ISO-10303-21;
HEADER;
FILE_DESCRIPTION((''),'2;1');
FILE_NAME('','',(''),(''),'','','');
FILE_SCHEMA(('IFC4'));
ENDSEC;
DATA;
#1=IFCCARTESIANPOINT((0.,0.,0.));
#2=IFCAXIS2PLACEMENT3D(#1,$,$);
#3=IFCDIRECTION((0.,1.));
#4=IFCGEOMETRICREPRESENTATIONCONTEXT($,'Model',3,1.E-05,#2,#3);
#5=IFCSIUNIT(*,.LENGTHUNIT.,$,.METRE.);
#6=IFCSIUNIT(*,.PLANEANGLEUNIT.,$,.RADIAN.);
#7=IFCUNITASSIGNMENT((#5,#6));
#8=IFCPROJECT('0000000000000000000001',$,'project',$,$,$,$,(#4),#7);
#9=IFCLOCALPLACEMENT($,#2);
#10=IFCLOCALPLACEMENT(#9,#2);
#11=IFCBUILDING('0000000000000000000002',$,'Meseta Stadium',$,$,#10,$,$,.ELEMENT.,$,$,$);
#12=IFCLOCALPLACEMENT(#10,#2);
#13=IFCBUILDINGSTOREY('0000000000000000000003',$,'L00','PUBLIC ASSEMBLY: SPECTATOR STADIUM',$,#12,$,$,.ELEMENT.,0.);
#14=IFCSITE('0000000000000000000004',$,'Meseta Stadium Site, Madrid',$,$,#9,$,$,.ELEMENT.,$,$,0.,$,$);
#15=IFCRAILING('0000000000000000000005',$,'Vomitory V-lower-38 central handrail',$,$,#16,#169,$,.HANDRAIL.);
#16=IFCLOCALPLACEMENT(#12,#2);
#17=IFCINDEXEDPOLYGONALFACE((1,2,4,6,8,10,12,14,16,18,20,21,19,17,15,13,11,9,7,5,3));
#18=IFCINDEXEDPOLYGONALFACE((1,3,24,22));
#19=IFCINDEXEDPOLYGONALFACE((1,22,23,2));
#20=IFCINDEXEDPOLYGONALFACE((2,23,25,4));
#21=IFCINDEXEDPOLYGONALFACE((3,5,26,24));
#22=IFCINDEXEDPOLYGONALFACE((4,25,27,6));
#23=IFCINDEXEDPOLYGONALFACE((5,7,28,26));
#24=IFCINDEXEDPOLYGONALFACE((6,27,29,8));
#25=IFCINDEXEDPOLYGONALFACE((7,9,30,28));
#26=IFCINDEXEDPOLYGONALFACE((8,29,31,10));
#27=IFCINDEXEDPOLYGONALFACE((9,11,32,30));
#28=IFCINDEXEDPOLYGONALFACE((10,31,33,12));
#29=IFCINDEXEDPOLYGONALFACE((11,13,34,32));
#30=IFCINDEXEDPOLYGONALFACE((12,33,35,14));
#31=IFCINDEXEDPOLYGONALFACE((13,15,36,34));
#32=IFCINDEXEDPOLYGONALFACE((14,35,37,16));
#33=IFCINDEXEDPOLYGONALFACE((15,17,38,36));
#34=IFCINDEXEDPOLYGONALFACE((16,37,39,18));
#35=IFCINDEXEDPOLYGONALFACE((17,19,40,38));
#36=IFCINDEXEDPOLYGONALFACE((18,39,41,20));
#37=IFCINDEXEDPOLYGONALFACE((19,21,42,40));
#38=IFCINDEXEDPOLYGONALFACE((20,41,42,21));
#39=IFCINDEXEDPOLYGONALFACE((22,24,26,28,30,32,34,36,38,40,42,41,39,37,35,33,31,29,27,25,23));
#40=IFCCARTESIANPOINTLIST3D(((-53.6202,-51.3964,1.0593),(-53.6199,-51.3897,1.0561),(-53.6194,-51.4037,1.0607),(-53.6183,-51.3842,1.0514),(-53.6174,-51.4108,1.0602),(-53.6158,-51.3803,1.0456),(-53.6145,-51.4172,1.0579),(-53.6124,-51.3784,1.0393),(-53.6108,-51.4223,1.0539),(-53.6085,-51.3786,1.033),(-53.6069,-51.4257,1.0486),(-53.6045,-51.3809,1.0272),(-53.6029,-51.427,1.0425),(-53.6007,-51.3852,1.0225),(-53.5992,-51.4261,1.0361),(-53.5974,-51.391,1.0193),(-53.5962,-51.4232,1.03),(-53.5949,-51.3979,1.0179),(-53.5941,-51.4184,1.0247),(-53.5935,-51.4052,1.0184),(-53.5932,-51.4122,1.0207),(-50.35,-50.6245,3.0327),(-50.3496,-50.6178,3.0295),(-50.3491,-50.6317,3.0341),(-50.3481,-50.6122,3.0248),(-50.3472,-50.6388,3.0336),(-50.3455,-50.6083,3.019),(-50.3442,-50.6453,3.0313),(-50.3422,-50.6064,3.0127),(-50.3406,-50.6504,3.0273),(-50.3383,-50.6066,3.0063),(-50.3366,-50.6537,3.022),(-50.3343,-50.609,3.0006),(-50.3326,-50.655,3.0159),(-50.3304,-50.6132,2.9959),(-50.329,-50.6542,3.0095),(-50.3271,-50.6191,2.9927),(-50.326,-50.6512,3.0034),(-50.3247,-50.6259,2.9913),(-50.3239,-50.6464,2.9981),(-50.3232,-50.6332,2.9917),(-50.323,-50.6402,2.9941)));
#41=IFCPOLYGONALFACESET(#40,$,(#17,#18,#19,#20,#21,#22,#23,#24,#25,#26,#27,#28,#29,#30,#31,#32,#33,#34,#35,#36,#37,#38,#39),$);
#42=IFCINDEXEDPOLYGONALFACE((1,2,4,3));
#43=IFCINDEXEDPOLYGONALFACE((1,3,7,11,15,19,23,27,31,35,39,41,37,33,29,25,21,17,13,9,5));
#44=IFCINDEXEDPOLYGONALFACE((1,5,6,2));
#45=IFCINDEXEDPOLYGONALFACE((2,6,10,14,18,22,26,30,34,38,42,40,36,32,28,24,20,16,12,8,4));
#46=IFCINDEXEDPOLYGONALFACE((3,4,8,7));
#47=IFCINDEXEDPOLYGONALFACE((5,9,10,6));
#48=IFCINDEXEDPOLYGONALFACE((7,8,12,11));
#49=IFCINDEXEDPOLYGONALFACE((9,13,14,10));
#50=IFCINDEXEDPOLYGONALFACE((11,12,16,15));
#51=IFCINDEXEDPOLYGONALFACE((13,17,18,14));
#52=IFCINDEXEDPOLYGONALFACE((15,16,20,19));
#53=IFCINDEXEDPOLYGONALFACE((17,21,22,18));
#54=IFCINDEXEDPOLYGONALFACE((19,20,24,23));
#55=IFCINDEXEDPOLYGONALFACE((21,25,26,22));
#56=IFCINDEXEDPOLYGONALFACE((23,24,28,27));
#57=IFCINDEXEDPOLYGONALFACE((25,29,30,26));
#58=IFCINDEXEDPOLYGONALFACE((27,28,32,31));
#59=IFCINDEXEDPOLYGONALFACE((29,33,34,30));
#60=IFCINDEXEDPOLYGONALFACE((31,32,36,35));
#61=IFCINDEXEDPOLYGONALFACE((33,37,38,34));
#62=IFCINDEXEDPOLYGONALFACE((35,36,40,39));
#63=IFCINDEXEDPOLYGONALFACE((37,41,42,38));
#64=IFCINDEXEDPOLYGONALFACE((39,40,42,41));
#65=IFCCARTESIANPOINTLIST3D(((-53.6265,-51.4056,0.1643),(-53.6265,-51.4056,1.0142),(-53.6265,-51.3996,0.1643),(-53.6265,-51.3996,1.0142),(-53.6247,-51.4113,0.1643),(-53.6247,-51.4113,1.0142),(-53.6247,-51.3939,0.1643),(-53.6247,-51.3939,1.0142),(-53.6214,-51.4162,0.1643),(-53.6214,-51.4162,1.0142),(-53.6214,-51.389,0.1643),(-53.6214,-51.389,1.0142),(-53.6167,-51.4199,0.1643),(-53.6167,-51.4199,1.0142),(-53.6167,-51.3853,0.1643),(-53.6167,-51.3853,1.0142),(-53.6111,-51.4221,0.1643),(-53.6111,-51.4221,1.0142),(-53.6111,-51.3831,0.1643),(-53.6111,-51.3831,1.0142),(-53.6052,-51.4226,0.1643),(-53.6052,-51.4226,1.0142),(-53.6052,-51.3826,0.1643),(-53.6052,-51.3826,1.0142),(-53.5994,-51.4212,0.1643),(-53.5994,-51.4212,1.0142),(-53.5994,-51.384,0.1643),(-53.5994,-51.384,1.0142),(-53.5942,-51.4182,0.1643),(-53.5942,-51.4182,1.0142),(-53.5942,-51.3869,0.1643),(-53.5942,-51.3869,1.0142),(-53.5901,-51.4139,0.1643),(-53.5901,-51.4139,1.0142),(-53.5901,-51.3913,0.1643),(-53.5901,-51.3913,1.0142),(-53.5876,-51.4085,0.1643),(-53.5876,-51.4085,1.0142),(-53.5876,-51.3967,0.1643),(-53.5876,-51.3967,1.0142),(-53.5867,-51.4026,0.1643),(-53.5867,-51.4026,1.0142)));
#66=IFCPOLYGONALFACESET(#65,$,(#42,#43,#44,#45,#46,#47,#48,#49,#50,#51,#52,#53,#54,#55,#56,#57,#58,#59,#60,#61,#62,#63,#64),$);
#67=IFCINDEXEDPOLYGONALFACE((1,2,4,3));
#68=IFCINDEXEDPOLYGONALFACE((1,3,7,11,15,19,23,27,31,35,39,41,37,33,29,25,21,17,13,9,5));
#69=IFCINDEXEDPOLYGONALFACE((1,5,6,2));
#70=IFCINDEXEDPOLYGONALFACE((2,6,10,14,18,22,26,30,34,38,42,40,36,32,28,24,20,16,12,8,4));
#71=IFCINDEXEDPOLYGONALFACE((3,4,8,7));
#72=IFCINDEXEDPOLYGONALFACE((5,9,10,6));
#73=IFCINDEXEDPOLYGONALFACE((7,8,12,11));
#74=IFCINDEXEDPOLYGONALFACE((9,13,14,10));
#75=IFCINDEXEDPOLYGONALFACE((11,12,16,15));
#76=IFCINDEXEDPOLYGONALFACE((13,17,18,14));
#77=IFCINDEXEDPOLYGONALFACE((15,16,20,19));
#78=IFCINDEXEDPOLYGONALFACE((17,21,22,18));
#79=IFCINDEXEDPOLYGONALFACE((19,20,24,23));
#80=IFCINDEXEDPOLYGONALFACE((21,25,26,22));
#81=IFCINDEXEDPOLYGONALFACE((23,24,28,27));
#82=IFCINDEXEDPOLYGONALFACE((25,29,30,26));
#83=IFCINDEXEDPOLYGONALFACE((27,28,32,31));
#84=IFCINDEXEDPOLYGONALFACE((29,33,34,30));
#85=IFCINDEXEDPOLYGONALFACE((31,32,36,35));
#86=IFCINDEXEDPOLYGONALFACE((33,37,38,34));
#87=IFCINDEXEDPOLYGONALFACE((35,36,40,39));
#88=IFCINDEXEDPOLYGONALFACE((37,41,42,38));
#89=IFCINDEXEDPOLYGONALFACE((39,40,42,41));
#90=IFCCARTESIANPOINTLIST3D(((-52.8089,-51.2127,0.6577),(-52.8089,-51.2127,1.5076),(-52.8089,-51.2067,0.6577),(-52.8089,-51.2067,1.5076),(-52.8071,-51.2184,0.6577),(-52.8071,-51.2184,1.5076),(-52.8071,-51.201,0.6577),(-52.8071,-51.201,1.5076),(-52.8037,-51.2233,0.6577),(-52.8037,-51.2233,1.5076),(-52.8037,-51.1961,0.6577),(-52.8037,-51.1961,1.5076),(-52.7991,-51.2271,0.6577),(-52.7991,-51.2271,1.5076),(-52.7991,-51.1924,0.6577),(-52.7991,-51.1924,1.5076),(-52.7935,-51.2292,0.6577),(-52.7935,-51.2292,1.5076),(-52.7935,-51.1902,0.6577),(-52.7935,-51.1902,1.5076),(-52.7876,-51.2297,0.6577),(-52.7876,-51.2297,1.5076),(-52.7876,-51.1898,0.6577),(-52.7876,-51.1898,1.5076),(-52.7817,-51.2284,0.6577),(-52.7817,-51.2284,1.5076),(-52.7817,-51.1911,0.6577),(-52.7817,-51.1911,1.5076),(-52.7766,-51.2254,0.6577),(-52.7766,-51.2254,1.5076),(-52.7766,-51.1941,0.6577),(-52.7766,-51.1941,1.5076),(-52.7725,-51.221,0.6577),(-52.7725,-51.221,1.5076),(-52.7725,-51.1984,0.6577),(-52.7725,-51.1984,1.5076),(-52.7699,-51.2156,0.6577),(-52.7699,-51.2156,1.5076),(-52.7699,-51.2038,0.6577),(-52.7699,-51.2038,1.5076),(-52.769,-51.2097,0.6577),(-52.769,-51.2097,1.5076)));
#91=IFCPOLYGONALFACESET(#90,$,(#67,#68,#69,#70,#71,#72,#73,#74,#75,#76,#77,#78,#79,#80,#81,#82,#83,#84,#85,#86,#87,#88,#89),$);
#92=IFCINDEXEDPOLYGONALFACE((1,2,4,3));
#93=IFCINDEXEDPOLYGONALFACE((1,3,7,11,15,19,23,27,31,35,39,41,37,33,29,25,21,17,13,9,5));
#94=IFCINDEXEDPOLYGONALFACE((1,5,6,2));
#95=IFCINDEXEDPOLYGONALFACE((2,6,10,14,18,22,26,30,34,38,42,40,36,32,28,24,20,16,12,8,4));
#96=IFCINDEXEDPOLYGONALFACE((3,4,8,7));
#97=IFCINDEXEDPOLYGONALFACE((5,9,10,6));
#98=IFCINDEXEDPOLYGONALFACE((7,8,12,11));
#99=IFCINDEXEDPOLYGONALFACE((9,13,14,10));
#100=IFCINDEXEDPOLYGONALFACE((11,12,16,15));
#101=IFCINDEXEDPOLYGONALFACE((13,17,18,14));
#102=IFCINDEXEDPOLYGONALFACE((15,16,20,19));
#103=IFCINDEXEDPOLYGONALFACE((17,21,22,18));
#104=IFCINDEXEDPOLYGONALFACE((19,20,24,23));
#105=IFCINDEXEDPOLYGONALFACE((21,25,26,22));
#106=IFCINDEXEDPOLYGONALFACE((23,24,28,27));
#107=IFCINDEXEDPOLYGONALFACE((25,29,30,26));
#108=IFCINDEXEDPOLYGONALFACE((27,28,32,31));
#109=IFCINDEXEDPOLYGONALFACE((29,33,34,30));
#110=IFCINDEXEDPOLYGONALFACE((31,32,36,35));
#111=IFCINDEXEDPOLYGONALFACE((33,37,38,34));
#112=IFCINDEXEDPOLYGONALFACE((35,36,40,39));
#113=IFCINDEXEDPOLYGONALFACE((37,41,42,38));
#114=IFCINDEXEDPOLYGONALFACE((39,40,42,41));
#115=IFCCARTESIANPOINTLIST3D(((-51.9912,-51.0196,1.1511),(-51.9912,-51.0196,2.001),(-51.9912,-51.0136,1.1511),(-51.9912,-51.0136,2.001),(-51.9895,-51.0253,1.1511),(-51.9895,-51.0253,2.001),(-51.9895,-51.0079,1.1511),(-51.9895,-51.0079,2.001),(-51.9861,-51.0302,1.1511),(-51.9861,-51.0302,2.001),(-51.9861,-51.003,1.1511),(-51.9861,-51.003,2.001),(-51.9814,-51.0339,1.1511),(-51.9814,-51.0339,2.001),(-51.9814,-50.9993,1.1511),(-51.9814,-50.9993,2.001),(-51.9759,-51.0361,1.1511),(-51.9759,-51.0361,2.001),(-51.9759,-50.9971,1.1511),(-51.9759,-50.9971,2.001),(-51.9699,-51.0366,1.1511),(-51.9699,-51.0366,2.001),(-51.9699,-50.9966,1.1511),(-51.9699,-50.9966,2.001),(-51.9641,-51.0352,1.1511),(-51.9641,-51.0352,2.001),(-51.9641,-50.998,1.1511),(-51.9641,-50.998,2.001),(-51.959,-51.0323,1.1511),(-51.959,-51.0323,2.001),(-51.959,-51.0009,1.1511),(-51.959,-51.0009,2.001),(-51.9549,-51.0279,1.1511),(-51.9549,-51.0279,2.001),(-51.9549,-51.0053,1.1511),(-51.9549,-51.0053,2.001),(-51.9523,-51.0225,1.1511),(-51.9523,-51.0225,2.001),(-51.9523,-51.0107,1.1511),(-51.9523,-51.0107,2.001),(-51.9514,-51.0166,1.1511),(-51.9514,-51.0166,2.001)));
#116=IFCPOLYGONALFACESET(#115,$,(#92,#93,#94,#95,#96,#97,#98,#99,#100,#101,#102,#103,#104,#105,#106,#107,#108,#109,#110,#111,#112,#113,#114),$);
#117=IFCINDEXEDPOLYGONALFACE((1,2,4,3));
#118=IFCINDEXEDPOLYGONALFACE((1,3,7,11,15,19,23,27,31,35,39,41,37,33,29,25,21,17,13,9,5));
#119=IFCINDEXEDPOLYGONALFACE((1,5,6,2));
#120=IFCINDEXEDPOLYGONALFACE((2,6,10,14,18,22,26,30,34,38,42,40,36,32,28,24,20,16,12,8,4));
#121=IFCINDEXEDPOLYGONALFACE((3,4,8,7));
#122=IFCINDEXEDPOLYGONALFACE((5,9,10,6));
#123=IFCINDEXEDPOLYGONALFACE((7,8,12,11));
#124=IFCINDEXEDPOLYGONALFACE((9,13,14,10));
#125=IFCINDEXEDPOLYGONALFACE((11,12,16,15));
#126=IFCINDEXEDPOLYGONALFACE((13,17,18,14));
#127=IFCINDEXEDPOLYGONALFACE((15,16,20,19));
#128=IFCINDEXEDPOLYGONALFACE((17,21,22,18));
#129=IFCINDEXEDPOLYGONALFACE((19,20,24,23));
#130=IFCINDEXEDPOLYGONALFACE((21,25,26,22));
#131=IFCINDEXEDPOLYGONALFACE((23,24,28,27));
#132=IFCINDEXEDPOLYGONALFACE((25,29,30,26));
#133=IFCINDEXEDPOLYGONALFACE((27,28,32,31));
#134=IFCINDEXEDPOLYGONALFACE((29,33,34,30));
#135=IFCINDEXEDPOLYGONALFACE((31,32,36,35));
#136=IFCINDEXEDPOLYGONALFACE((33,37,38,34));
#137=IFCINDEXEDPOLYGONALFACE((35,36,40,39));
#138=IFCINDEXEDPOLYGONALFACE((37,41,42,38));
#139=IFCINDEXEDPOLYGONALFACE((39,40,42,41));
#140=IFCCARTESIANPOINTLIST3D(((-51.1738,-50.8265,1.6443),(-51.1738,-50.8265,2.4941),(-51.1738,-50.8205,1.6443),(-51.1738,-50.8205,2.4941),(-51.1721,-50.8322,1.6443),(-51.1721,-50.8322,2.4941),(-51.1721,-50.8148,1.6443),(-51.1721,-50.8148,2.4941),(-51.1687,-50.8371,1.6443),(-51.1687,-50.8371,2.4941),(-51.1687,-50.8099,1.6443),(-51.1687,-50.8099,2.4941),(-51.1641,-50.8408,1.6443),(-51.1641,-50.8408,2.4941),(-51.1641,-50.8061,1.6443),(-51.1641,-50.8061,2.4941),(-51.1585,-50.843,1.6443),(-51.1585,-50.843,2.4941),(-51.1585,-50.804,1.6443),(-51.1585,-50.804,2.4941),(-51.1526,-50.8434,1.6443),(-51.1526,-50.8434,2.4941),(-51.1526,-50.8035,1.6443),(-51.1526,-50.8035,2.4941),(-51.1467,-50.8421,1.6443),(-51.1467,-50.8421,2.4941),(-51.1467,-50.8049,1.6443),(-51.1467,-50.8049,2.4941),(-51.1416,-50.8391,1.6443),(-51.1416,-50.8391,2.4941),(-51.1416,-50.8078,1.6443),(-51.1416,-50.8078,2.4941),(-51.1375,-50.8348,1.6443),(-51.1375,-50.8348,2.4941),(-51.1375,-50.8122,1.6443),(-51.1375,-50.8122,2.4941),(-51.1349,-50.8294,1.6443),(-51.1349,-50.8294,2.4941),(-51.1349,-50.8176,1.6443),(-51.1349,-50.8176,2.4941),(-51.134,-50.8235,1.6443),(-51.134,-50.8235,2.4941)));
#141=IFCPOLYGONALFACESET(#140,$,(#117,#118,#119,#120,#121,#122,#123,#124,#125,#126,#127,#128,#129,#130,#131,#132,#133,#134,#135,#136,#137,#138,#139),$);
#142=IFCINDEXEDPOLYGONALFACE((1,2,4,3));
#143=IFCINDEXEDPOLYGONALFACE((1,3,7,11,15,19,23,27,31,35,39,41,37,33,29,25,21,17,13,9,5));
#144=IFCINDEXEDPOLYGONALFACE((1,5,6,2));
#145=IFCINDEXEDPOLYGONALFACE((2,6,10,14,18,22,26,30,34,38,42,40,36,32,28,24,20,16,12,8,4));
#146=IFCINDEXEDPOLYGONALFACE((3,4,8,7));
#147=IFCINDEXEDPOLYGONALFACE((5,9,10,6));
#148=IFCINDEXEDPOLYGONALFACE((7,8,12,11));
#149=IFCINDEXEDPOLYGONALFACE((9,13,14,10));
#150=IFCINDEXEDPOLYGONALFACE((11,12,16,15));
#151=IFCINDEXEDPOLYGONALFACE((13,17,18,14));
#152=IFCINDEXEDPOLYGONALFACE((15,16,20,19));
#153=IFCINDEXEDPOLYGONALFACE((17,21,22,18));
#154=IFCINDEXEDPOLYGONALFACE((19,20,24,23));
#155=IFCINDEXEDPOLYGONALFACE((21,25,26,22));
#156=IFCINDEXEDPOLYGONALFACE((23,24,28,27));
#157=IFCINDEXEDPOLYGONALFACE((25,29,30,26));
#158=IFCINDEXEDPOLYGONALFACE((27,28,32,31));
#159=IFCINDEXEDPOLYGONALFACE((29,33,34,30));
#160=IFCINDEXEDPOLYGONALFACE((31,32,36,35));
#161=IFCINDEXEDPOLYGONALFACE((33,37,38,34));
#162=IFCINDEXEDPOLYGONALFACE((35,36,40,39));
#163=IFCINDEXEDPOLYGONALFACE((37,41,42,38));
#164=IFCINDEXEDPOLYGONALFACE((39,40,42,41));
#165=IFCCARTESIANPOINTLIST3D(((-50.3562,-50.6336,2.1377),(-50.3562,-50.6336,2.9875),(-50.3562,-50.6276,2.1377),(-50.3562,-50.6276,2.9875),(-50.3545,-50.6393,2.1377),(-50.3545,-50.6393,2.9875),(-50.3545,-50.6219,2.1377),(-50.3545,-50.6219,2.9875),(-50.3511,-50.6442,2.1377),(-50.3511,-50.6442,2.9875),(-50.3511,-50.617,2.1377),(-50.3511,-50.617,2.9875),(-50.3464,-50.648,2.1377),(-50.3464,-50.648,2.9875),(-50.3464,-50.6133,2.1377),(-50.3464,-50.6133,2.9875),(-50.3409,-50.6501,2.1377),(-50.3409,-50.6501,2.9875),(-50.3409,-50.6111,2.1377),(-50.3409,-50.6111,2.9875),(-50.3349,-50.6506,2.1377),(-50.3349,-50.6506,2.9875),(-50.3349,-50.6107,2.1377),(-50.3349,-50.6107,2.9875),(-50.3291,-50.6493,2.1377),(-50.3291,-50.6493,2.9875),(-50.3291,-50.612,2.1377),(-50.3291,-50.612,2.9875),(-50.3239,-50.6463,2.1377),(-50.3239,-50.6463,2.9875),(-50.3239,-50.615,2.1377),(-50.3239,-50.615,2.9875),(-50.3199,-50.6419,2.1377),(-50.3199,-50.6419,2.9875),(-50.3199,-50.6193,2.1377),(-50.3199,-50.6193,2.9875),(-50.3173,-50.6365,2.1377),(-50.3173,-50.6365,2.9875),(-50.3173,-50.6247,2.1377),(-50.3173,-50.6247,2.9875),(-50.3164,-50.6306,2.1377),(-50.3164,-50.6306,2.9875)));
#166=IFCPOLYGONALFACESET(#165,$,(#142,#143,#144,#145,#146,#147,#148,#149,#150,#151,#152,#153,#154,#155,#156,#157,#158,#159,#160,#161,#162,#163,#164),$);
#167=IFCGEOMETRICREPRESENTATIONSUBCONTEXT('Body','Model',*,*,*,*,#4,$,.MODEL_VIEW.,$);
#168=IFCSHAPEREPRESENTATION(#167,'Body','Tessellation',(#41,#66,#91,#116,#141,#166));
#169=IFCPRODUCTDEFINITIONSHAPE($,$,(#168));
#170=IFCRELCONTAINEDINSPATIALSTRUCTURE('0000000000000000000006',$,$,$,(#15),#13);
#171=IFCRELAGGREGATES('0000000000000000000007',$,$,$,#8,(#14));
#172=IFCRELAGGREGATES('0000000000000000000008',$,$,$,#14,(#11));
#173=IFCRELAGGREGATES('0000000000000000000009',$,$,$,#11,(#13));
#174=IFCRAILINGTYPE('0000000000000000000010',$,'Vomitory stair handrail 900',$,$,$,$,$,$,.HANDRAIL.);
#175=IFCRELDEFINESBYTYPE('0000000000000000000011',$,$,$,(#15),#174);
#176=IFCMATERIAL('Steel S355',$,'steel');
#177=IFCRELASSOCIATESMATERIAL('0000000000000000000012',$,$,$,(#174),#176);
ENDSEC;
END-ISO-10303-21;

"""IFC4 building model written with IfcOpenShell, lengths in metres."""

from ifc_helpers import new_model, si_unit, direction, frame, origin, origin_2d, place, context, subcontext, project, spatial, circle, extrude, material, type_object, element, save


model = new_model("IFC4")

# Units and contexts
model_context = context("Model", 3, precision=1e-05, world=origin(), true_north=direction((0.0, 1.0)))
body_context = subcontext(model_context, "Body", "Model", "MODEL_VIEW")
ifc_project = project(units=[si_unit("LENGTHUNIT", "METRE"), si_unit("PLANEANGLEUNIT", "RADIAN")], contexts=[model_context])

# Site, building, storey
site_placement = place(None, origin())
site = spatial("IfcSite", under=ifc_project, at=site_placement, Name="Meseta Stadium Site, Madrid", CompositionType="ELEMENT", RefElevation=0.0)
building_placement = place(site_placement, origin())
building = spatial("IfcBuilding", under=site, at=building_placement, Name="Meseta Stadium", CompositionType="ELEMENT")
storey_placement = place(building_placement, origin())
storey = spatial("IfcBuildingStorey", under=building, at=storey_placement, Name="L00", Description="PUBLIC ASSEMBLY: SPECTATOR STADIUM", CompositionType="ELEMENT", Elevation=0.0)

# Railing
ifc_material_1 = material(Name="Steel S355", Category="steel")
railing_type_1 = type_object("IfcRailingType", Name="Vomitory stair handrail 900", PredefinedType="HANDRAIL", material=ifc_material_1)
railing_1_placement = place(storey_placement, frame((-53.6067, -51.4026, 0.1643)))
element("IfcRailing", 1, at=railing_1_placement, inside=storey, type_object=railing_type_1, Name="Vomitory V-lower-38 central handrail", PredefinedType="HANDRAIL", context=body_context, shape_type="SweptSolid", body=[
    extrude(circle(Radius=0.0249, at=origin_2d()), frame((0.0, 0.0, 0.875), z_axis=(0.839224, 0.198106, 0.506416), x_axis=(-0.229744, 0.973251, 0.0)), (0.0, 0.0, 1.0), 3.8967),
    extrude(circle(Radius=0.02, at=origin_2d()), origin(), (0.0, 0.0, 1.0), 0.8499),
    extrude(circle(Radius=0.02, at=origin_2d()), frame((0.8176, 0.1929, 0.4934)), (0.0, 0.0, 1.0), 0.8499),
    extrude(circle(Radius=0.02, at=origin_2d()), frame((1.6353, 0.386, 0.9868)), (0.0, 0.0, 1.0), 0.8499),
    extrude(circle(Radius=0.02, at=origin_2d()), frame((2.4526, 0.5791, 1.48)), (0.0, 0.0, 1.0), 0.8499),
    extrude(circle(Radius=0.02, at=origin_2d()), frame((3.2703, 0.772, 1.9734)), (0.0, 0.0, 1.0), 0.8499),
])

save(model, "model.ifc")
